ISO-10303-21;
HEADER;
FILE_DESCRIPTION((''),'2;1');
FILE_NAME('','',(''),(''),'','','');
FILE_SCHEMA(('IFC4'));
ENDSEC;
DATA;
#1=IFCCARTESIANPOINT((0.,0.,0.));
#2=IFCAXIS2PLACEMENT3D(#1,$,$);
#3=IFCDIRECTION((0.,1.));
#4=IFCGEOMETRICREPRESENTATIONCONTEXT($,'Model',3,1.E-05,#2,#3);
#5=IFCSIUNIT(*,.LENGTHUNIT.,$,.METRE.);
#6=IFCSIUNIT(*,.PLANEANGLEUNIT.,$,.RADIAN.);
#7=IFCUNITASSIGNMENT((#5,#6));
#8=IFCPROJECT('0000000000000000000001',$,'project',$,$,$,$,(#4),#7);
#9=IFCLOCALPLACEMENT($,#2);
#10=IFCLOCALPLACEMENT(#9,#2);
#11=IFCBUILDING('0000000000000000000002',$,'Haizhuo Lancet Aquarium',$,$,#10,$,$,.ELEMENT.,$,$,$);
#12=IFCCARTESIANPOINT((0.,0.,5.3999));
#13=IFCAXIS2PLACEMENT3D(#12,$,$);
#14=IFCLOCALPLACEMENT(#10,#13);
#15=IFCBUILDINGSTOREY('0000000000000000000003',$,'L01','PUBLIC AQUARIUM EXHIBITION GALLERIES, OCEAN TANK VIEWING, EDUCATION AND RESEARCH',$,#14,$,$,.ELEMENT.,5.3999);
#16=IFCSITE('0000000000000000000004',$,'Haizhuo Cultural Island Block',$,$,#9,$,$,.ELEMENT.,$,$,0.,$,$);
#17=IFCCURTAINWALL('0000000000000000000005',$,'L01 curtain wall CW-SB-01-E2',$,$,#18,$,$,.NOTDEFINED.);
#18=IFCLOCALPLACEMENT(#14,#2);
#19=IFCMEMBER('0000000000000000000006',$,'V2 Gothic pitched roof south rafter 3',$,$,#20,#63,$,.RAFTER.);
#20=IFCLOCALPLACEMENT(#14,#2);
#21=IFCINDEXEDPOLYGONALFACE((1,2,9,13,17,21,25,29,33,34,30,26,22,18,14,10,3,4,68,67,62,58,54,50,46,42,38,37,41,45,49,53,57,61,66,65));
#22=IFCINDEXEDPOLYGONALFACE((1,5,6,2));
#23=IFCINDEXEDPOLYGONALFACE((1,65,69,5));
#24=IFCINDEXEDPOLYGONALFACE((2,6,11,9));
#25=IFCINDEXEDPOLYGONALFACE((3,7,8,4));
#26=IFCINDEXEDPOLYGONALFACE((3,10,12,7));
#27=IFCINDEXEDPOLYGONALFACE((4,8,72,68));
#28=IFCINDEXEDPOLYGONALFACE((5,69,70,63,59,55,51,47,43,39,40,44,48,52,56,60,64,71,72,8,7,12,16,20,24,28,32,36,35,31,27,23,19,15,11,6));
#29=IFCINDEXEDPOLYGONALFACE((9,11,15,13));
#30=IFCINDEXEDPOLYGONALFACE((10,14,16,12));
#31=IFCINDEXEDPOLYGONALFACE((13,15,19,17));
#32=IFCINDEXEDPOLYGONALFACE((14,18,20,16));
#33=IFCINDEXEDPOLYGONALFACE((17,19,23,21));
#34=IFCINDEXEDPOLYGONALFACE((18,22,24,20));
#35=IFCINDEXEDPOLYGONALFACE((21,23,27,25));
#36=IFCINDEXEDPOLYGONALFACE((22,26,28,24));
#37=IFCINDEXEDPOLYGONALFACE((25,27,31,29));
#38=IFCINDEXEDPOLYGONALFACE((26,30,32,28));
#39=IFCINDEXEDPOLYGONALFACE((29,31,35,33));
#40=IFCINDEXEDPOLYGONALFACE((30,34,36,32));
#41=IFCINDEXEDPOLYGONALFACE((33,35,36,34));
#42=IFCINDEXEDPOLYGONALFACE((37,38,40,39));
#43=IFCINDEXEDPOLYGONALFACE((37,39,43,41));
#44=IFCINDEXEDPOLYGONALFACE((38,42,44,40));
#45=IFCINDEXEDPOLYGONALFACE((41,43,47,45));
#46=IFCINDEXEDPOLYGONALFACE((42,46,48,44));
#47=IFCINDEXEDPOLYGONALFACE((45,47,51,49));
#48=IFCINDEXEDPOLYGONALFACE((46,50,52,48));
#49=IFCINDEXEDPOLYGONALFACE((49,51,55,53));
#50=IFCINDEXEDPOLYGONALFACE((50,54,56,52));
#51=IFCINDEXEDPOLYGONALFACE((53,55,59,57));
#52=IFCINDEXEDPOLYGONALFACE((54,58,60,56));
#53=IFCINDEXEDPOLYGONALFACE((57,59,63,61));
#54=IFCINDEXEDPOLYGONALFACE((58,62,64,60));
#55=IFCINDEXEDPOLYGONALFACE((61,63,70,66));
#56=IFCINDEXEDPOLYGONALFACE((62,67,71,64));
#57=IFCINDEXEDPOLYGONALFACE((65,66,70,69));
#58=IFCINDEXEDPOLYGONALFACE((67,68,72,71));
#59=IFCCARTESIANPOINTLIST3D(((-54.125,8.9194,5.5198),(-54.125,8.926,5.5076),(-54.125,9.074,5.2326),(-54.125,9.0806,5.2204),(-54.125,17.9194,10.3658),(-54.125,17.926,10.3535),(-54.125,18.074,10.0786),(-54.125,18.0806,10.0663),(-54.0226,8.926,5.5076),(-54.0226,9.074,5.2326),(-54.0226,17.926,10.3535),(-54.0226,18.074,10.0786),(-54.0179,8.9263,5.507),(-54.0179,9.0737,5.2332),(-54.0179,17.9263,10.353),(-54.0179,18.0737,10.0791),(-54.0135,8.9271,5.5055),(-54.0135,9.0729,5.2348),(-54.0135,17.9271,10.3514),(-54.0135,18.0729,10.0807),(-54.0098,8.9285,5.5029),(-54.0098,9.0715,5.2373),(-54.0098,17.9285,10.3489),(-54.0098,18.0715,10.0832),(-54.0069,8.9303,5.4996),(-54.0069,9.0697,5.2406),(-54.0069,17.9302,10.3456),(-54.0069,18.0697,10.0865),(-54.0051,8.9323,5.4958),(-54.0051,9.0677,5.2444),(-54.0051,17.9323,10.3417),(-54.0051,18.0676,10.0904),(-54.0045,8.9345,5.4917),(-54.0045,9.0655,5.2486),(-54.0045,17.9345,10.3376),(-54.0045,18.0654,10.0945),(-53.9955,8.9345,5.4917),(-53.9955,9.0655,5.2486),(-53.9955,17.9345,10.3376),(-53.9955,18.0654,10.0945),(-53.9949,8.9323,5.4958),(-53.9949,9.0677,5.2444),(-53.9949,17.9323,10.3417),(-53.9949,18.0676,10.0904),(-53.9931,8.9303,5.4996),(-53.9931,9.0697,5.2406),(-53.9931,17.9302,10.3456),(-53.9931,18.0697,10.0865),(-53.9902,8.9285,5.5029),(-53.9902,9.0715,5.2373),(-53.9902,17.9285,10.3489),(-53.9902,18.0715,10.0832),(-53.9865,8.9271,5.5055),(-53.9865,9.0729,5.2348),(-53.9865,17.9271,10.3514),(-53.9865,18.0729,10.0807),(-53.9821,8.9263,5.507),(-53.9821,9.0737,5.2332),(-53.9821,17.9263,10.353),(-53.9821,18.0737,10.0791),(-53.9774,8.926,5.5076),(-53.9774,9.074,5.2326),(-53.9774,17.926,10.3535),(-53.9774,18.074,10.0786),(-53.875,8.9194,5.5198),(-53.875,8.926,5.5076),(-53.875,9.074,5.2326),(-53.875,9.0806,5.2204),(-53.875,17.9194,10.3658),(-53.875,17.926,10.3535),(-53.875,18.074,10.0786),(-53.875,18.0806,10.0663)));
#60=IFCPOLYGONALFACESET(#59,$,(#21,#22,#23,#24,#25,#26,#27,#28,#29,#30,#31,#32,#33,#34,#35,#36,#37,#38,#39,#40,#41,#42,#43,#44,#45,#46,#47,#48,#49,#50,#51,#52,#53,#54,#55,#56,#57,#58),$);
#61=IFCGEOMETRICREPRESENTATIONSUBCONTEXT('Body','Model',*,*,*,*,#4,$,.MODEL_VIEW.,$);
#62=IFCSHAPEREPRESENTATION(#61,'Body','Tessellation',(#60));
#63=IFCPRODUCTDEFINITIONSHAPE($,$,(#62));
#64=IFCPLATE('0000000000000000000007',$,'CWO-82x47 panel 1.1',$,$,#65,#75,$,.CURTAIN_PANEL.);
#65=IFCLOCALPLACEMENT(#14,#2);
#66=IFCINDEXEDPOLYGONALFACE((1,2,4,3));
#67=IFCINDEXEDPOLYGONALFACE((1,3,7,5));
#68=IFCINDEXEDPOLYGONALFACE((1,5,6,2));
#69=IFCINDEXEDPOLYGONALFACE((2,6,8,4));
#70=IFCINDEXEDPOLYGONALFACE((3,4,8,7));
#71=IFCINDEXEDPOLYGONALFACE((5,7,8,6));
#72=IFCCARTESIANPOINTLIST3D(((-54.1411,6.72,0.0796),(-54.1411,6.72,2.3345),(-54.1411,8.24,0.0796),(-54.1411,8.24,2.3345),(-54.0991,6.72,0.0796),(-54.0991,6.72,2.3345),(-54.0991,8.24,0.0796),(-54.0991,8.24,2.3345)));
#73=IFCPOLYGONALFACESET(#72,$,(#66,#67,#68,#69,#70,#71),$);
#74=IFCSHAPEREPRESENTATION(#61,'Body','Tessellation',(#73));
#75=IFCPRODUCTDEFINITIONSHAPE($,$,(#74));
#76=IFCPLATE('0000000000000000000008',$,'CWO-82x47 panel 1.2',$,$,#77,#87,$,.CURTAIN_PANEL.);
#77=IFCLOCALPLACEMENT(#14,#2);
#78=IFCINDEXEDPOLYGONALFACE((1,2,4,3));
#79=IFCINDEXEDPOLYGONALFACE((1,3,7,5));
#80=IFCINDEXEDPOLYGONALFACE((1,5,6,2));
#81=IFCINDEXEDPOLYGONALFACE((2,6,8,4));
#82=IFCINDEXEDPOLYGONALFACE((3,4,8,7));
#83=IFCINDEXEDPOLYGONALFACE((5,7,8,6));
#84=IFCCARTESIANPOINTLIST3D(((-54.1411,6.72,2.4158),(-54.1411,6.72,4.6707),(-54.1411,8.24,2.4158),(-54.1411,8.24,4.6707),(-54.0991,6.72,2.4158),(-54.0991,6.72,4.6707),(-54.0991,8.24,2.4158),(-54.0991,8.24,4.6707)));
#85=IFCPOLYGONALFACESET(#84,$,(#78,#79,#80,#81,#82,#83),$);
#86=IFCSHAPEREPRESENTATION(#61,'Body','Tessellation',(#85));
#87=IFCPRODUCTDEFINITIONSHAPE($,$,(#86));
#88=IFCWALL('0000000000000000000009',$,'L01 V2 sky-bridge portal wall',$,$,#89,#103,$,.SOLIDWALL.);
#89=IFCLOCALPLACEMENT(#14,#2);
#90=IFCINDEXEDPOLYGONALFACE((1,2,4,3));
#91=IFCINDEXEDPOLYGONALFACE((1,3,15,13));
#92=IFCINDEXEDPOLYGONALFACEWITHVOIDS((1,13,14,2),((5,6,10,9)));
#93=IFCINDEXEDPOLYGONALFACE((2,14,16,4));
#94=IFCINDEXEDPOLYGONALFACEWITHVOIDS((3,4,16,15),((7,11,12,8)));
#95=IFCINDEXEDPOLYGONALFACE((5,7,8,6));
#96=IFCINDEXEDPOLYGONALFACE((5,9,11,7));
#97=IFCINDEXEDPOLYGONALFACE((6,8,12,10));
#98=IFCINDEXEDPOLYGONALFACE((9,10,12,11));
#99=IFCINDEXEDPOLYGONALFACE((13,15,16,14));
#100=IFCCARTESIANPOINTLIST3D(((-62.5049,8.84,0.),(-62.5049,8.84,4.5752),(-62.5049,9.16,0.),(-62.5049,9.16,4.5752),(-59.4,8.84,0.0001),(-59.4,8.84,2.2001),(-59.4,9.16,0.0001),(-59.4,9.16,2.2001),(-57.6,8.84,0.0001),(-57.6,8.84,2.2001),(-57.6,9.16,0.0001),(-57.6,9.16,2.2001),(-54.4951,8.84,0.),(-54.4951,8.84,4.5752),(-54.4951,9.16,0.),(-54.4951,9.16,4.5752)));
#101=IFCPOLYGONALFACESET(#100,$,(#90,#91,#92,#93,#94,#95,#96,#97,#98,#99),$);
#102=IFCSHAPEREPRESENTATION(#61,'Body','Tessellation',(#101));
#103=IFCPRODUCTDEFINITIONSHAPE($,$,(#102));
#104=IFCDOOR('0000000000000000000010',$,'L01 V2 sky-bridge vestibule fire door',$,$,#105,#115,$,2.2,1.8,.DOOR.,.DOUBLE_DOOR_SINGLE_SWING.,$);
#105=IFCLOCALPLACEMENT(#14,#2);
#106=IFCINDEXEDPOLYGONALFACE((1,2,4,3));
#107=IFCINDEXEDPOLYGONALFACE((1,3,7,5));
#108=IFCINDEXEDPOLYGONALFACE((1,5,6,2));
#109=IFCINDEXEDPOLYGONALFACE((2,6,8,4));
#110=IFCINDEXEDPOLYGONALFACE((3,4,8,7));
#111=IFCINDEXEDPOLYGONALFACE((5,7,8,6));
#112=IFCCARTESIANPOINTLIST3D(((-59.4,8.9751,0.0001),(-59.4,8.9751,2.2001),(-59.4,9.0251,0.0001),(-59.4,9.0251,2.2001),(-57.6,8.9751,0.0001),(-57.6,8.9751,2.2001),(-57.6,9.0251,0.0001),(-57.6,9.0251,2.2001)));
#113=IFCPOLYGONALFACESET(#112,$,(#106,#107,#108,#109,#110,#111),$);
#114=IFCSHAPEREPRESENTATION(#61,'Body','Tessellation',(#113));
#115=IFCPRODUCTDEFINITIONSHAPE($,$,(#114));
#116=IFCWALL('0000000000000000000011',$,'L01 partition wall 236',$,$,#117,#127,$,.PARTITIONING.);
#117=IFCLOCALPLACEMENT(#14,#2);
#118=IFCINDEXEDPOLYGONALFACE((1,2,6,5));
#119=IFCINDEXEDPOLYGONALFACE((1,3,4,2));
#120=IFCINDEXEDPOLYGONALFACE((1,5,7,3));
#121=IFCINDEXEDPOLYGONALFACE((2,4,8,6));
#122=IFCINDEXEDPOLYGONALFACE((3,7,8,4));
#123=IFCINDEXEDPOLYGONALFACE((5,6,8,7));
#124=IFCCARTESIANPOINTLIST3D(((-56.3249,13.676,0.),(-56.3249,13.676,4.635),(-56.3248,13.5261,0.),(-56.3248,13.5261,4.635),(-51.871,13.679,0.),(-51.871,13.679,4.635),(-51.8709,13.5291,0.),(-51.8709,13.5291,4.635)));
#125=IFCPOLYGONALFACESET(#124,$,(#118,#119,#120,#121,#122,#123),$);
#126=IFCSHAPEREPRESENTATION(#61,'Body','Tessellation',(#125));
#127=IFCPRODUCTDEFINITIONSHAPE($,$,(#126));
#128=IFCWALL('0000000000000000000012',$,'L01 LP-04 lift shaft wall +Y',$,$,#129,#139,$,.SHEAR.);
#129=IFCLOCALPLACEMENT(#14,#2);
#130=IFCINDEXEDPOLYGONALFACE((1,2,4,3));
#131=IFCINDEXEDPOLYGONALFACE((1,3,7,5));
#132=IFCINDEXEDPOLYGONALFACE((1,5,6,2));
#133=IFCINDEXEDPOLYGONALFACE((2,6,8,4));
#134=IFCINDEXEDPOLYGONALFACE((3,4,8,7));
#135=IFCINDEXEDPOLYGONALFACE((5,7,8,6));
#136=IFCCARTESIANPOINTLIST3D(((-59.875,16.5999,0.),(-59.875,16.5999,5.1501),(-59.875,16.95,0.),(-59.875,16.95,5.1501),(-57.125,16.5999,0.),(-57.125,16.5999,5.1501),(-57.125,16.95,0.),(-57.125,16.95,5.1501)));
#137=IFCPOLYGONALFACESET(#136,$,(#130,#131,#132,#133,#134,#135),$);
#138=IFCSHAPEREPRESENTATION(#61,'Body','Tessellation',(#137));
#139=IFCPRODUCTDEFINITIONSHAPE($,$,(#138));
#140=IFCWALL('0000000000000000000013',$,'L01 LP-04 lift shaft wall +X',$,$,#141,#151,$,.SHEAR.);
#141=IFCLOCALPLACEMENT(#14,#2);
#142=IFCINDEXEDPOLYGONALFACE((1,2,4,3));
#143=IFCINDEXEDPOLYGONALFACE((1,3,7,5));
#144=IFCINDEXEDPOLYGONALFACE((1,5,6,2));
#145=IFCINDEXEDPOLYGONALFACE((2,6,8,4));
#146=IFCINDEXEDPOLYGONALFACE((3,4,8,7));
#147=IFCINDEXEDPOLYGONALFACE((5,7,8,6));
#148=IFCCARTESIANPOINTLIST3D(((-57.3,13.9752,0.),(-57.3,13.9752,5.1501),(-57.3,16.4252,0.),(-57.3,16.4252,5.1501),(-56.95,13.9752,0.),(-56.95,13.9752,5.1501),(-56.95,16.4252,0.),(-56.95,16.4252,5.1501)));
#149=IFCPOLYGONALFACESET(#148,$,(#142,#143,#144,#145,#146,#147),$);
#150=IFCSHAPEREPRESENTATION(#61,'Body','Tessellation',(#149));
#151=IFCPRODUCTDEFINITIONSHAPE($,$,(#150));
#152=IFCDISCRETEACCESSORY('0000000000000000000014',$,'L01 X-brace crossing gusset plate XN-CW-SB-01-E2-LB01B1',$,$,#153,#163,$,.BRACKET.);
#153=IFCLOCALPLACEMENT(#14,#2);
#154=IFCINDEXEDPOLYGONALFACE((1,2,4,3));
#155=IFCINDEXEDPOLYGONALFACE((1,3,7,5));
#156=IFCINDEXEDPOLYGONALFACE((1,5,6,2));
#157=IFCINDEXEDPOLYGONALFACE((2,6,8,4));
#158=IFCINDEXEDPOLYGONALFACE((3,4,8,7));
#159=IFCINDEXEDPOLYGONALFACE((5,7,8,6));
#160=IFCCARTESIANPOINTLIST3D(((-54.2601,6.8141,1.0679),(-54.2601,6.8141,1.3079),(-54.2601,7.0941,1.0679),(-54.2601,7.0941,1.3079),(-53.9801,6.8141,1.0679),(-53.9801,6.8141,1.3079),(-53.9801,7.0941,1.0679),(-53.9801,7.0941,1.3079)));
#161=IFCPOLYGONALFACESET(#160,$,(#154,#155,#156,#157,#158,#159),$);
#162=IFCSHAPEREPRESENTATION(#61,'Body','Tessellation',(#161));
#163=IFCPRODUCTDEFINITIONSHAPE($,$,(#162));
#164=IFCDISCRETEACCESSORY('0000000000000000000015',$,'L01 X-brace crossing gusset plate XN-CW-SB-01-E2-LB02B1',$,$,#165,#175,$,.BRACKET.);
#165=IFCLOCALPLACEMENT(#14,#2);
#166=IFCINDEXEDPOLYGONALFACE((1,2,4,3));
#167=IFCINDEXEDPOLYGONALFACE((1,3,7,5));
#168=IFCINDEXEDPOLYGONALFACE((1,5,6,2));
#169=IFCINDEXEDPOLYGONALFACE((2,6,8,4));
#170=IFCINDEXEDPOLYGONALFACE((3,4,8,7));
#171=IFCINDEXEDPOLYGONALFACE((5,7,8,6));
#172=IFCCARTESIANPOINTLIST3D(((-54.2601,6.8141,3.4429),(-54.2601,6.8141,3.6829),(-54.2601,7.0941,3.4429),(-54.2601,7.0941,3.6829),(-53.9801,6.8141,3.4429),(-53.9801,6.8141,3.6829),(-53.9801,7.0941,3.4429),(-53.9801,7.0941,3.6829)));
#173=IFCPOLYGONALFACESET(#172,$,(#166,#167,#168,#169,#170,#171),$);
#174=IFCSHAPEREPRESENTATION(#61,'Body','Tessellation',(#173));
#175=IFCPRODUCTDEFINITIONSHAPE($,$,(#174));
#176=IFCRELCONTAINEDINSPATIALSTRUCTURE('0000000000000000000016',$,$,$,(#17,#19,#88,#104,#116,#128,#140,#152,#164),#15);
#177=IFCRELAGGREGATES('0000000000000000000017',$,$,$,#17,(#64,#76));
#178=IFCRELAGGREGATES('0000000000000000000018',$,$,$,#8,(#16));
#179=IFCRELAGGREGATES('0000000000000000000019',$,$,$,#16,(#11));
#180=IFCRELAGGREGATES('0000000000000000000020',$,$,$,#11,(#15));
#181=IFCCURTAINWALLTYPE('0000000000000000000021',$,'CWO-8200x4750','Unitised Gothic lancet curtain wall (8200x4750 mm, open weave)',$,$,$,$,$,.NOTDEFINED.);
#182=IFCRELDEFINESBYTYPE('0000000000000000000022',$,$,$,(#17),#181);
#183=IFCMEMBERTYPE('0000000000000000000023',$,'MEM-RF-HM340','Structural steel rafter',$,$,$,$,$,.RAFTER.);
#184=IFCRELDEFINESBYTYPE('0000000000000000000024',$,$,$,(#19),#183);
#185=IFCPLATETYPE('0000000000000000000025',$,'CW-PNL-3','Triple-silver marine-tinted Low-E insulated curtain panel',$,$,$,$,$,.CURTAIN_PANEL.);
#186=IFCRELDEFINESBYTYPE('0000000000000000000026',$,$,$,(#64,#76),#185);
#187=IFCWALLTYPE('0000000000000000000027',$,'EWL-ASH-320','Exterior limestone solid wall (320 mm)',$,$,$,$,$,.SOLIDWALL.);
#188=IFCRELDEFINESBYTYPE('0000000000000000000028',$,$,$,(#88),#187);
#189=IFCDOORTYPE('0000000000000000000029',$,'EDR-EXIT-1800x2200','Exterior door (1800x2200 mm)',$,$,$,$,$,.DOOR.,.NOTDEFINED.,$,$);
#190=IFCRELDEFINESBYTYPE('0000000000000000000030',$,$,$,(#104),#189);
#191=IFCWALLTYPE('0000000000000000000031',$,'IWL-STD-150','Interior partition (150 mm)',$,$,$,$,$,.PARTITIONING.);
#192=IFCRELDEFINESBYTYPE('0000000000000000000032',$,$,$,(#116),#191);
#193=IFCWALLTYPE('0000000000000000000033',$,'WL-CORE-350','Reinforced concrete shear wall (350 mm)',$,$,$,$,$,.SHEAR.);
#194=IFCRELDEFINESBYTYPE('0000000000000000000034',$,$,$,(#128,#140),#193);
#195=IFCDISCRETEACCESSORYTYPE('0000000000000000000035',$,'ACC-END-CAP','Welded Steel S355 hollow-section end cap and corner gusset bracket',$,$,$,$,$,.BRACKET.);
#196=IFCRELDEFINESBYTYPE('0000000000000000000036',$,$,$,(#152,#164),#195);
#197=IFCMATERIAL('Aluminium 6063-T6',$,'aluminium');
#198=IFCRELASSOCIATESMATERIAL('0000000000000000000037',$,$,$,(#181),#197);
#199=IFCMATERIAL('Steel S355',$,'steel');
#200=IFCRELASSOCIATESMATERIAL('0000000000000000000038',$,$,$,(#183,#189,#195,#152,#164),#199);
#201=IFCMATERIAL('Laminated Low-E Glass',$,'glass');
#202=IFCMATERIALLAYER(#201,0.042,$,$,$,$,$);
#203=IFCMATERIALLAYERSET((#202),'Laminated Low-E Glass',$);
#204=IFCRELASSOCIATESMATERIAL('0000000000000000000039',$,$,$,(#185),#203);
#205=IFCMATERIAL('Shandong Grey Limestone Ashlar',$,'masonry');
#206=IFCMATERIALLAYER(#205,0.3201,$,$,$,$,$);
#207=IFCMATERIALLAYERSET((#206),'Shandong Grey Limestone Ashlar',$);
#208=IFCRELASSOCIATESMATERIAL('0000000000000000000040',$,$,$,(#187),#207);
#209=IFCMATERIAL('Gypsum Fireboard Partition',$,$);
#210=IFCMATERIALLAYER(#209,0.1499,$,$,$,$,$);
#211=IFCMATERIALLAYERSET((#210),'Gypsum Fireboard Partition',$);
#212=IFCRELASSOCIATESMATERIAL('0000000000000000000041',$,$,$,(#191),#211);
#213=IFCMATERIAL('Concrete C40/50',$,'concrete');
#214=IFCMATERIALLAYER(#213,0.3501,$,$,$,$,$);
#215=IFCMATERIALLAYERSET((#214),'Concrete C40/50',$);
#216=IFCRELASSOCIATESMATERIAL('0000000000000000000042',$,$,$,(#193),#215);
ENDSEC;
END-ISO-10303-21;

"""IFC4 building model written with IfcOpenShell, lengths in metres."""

from ifc_helpers import new_model, si_unit, direction, frame, frame_2d, origin, origin_2d, place, context, subcontext, project, spatial, rectangle, i_section, extrude, material, layer, layer_set, material_profile, profile_set, type_object, element, fill, aggregate, save


model = new_model("IFC4")

# Units and contexts
model_context = context("Model", 3, precision=1e-05, world=origin(), true_north=direction((0.0, 1.0)))
body_context = subcontext(model_context, "Body", "Model", "MODEL_VIEW")
ifc_project = project(units=[si_unit("LENGTHUNIT", "METRE"), si_unit("PLANEANGLEUNIT", "RADIAN")], contexts=[model_context])

# Site, building, storey
site_placement = place(None, origin())
site = spatial("IfcSite", under=ifc_project, at=site_placement, Name="Haizhuo Cultural Island Block", CompositionType="ELEMENT", RefElevation=0.0)
building_placement = place(site_placement, origin())
building = spatial("IfcBuilding", under=site, at=building_placement, Name="Haizhuo Lancet Aquarium", CompositionType="ELEMENT")
storey_placement = place(building_placement, frame((0.0, 0.0, 5.3999)))
storey = spatial("IfcBuildingStorey", under=building, at=storey_placement, Name="L01", Description="PUBLIC AQUARIUM EXHIBITION GALLERIES, OCEAN TANK VIEWING, EDUCATION AND RESEARCH", CompositionType="ELEMENT", Elevation=5.3999)

# Shared definitions
ifc_material_1 = material(Name="Concrete C40/50", Category="concrete")

# Shared definitions
ifc_material_2 = material(Name="Steel S355", Category="steel")

# Curtain wall
ifc_material_3 = material(Name="Aluminium 6063-T6", Category="aluminium")
curtain_wall_type = type_object("IfcCurtainWallType", Name="CWO-8200x4750", Description="Unitised Gothic lancet curtain wall (8200x4750 mm, open weave)", PredefinedType="NOTDEFINED", material=ifc_material_3)
curtain_wall_placement = place(storey_placement, origin())
curtain_wall = element("IfcCurtainWall", 1, at=curtain_wall_placement, inside=storey, type_object=curtain_wall_type, Name="L01 curtain wall CW-SB-01-E2", PredefinedType="NOTDEFINED")

# Member
ifc_material_profile_1 = material_profile(ifc_material_2, i_section(OverallWidth=0.25, OverallDepth=0.3401, WebThickness=0.009, FlangeThickness=0.0139, FilletRadius=0.0181, at=origin_2d()), Name="HM 340x250x9x14")
ifc_profile_set_1 = profile_set([ifc_material_profile_1], Name="Steel S355")
member_type_1 = type_object("IfcMemberType", Name="MEM-RF-HM340", Description="Structural steel rafter", PredefinedType="RAFTER", material=ifc_profile_set_1)
member_1_placement = place(storey_placement, frame((-54.0, 9.0, 5.3701), z_axis=(0.0, 0.88048, 0.474084), x_axis=(-1.0, 0.0, 0.0)))
element("IfcMember", 2, at=member_1_placement, inside=storey, type_object=member_type_1, Name="V2 Gothic pitched roof south rafter 3", PredefinedType="RAFTER", context=body_context, shape_type="SweptSolid", body=[
    extrude(i_section(OverallWidth=0.25, OverallDepth=0.3401, WebThickness=0.009, FlangeThickness=0.0139, FilletRadius=0.0181, at=origin_2d()), origin(), (0.0, 0.0, 1.0), 10.2217),
])

# Plates
ifc_material_4 = material(Name="Laminated Low-E Glass", Category="glass")
ifc_layer_1 = layer(ifc_material_4, 0.042)
ifc_layer_set_1 = layer_set([ifc_layer_1], Name="Laminated Low-E Glass")
plate_type = type_object("IfcPlateType", Name="CW-PNL-3", Description="Triple-silver marine-tinted Low-E insulated curtain panel", PredefinedType="CURTAIN_PANEL", material=ifc_layer_set_1)
plate_1_placement = place(storey_placement, frame((-54.1201, 7.48, 0.0796), z_axis=(0.0, 0.0, 1.0), x_axis=(0.0, -1.0, 0.0)))
plate_1 = element("IfcPlate", 3, at=plate_1_placement, type_object=plate_type, Name="CWO-82x47 panel 1.1", PredefinedType="CURTAIN_PANEL", context=body_context, shape_type="SweptSolid", body=[
    extrude(rectangle(XDim=1.52, YDim=0.042, at=origin_2d()), origin(), (0.0, 0.0, 1.0), 2.2549),
])
plate_2_placement = place(storey_placement, frame((-54.1201, 7.48, 2.4158), z_axis=(0.0, 0.0, 1.0), x_axis=(0.0, -1.0, 0.0)))
plate_2 = element("IfcPlate", 4, at=plate_2_placement, type_object=plate_type, Name="CWO-82x47 panel 1.2", PredefinedType="CURTAIN_PANEL", context=body_context, shape_type="SweptSolid", body=[
    extrude(rectangle(XDim=1.52, YDim=0.042, at=origin_2d()), origin(), (0.0, 0.0, 1.0), 2.2549),
])
aggregate(curtain_wall, [plate_1, plate_2])

# Wall, opening, door
ifc_material_5 = material(Name="Shandong Grey Limestone Ashlar", Category="masonry")
ifc_layer_2 = layer(ifc_material_5, 0.3201)
ifc_layer_set_2 = layer_set([ifc_layer_2], Name="Shandong Grey Limestone Ashlar")
wall_type_1 = type_object("IfcWallType", Name="EWL-ASH-320", Description="Exterior limestone solid wall (320 mm)", PredefinedType="SOLIDWALL", material=ifc_layer_set_2)
wall_1_placement = place(storey_placement, frame((-54.4951, 9.0, 0.0), z_axis=(0.0, 0.0, 1.0), x_axis=(-1.0, 0.0, 0.0)))
wall_1 = element("IfcWall", 5, at=wall_1_placement, inside=storey, type_object=wall_type_1, Name="L01 V2 sky-bridge portal wall", PredefinedType="SOLIDWALL", context=body_context, shape_type="SweptSolid", body=[
    extrude(rectangle(XDim=8.0098, YDim=0.3201, at=frame_2d((4.0049, 0.0))), origin(), (0.0, 0.0, 1.0), 4.5752),
])
opening_placement = place(wall_1_placement, frame((3.105, 0.0, 0.0)))
opening = element("IfcOpeningElement", 6, at=opening_placement, cuts=wall_1, PredefinedType="OPENING", context=body_context, shape_type="SweptSolid", body=[
    extrude(rectangle(XDim=1.8, YDim=2.2, at=frame_2d((0.8999, 1.1001))), frame((0.0, 0.1699, 0.0), z_axis=(0.0, -1.0, 0.0), x_axis=(1.0, 0.0, 0.0)), (0.0, 0.0, 1.0), 0.3401),
])
door_type = type_object("IfcDoorType", Name="EDR-EXIT-1800x2200", Description="Exterior door (1800x2200 mm)", OperationType="NOTDEFINED", PredefinedType="DOOR", material=ifc_material_2)
door_placement = place(opening_placement, origin())
door = element("IfcDoor", 7, at=door_placement, inside=storey, type_object=door_type, Name="L01 V2 sky-bridge vestibule fire door", OperationType="DOUBLE_DOOR_SINGLE_SWING", OverallHeight=2.2, OverallWidth=1.8, PredefinedType="DOOR", context=body_context, shape_type="SweptSolid", body=[
    extrude(rectangle(XDim=1.8, YDim=2.2, at=frame_2d((0.8999, 1.1001))), frame((0.0, 0.0249, 0.0), z_axis=(0.0, -1.0, 0.0), x_axis=(1.0, 0.0, 0.0)), (0.0, 0.0, 1.0), 0.05),
])
fill(opening, door)

# Walls
ifc_material_6 = material(Name="Gypsum Fireboard Partition")
ifc_layer_3 = layer(ifc_material_6, 0.1499)
ifc_layer_set_3 = layer_set([ifc_layer_3], Name="Gypsum Fireboard Partition")
wall_type_2 = type_object("IfcWallType", Name="IWL-STD-150", Description="Interior partition (150 mm)", PredefinedType="PARTITIONING", material=ifc_layer_set_3)
wall_2_placement = place(storey_placement, frame((-56.325, 13.6011, 0.0), z_axis=(0.0, 0.0, 1.0), x_axis=(1.0, 0.000658, 0.0)))
element("IfcWall", 8, at=wall_2_placement, inside=storey, type_object=wall_type_2, Name="L01 partition wall 236", PredefinedType="PARTITIONING", context=body_context, shape_type="SweptSolid", body=[
    extrude(rectangle(XDim=4.4539, YDim=0.1499, at=frame_2d((2.2271, 0.0))), origin(), (0.0, 0.0, 1.0), 4.635),
])
ifc_layer_4 = layer(ifc_material_1, 0.3501)
ifc_layer_set_4 = layer_set([ifc_layer_4], Name="Concrete C40/50")
wall_type_3 = type_object("IfcWallType", Name="WL-CORE-350", Description="Reinforced concrete shear wall (350 mm)", PredefinedType="SHEAR", material=ifc_layer_set_4)
wall_3_placement = place(storey_placement, frame((-57.125, 16.7749, 0.0), z_axis=(0.0, 0.0, 1.0), x_axis=(-1.0, 0.0, 0.0)))
element("IfcWall", 9, at=wall_3_placement, inside=storey, type_object=wall_type_3, Name="L01 LP-04 lift shaft wall +Y", PredefinedType="SHEAR", context=body_context, shape_type="SweptSolid", body=[
    extrude(rectangle(XDim=2.75, YDim=0.3501, at=frame_2d((1.375, 0.0))), origin(), (0.0, 0.0, 1.0), 5.1501),
])
wall_4_placement = place(storey_placement, frame((-57.125, 13.9751, 0.0), z_axis=(0.0, 0.0, 1.0), x_axis=(0.0, 1.0, 0.0)))
element("IfcWall", 10, at=wall_4_placement, inside=storey, type_object=wall_type_3, Name="L01 LP-04 lift shaft wall +X", PredefinedType="SHEAR", context=body_context, shape_type="SweptSolid", body=[
    extrude(rectangle(XDim=2.45, YDim=0.3501, at=frame_2d((1.2251, 0.0))), origin(), (0.0, 0.0, 1.0), 5.1501),
])

# Discrete accessories
discrete_accessory_type = type_object("IfcDiscreteAccessoryType", Name="ACC-END-CAP", Description="Welded Steel S355 hollow-section end cap and corner gusset bracket", PredefinedType="BRACKET", material=ifc_material_2)
for number, where, z_axis, x_axis, name in (
    (11, (-54.1201, 6.9541, 1.0679), (0.0, 0.0, 1.0), (1.0, 0.0, 0.0), "L01 X-brace crossing gusset plate XN-CW-SB-01-E2-LB01B1"),
    (12, (-54.1201, 6.9541, 3.4429), (0.0, 0.0, 1.0), (1.0, 0.0, 0.0), "L01 X-brace crossing gusset plate XN-CW-SB-01-E2-LB02B1"),
):
    element("IfcDiscreteAccessory", number, at=place(storey_placement, frame(where, z_axis=z_axis, x_axis=x_axis)), inside=storey, type_object=discrete_accessory_type, material=ifc_material_2, Name=name, PredefinedType="BRACKET", context=body_context, shape_type="SweptSolid", body=[
        extrude(rectangle(XDim=0.28, YDim=0.28, at=origin_2d()), origin(), (0.0, 0.0, 1.0), 0.24),
    ])

save(model, "model.ifc")
